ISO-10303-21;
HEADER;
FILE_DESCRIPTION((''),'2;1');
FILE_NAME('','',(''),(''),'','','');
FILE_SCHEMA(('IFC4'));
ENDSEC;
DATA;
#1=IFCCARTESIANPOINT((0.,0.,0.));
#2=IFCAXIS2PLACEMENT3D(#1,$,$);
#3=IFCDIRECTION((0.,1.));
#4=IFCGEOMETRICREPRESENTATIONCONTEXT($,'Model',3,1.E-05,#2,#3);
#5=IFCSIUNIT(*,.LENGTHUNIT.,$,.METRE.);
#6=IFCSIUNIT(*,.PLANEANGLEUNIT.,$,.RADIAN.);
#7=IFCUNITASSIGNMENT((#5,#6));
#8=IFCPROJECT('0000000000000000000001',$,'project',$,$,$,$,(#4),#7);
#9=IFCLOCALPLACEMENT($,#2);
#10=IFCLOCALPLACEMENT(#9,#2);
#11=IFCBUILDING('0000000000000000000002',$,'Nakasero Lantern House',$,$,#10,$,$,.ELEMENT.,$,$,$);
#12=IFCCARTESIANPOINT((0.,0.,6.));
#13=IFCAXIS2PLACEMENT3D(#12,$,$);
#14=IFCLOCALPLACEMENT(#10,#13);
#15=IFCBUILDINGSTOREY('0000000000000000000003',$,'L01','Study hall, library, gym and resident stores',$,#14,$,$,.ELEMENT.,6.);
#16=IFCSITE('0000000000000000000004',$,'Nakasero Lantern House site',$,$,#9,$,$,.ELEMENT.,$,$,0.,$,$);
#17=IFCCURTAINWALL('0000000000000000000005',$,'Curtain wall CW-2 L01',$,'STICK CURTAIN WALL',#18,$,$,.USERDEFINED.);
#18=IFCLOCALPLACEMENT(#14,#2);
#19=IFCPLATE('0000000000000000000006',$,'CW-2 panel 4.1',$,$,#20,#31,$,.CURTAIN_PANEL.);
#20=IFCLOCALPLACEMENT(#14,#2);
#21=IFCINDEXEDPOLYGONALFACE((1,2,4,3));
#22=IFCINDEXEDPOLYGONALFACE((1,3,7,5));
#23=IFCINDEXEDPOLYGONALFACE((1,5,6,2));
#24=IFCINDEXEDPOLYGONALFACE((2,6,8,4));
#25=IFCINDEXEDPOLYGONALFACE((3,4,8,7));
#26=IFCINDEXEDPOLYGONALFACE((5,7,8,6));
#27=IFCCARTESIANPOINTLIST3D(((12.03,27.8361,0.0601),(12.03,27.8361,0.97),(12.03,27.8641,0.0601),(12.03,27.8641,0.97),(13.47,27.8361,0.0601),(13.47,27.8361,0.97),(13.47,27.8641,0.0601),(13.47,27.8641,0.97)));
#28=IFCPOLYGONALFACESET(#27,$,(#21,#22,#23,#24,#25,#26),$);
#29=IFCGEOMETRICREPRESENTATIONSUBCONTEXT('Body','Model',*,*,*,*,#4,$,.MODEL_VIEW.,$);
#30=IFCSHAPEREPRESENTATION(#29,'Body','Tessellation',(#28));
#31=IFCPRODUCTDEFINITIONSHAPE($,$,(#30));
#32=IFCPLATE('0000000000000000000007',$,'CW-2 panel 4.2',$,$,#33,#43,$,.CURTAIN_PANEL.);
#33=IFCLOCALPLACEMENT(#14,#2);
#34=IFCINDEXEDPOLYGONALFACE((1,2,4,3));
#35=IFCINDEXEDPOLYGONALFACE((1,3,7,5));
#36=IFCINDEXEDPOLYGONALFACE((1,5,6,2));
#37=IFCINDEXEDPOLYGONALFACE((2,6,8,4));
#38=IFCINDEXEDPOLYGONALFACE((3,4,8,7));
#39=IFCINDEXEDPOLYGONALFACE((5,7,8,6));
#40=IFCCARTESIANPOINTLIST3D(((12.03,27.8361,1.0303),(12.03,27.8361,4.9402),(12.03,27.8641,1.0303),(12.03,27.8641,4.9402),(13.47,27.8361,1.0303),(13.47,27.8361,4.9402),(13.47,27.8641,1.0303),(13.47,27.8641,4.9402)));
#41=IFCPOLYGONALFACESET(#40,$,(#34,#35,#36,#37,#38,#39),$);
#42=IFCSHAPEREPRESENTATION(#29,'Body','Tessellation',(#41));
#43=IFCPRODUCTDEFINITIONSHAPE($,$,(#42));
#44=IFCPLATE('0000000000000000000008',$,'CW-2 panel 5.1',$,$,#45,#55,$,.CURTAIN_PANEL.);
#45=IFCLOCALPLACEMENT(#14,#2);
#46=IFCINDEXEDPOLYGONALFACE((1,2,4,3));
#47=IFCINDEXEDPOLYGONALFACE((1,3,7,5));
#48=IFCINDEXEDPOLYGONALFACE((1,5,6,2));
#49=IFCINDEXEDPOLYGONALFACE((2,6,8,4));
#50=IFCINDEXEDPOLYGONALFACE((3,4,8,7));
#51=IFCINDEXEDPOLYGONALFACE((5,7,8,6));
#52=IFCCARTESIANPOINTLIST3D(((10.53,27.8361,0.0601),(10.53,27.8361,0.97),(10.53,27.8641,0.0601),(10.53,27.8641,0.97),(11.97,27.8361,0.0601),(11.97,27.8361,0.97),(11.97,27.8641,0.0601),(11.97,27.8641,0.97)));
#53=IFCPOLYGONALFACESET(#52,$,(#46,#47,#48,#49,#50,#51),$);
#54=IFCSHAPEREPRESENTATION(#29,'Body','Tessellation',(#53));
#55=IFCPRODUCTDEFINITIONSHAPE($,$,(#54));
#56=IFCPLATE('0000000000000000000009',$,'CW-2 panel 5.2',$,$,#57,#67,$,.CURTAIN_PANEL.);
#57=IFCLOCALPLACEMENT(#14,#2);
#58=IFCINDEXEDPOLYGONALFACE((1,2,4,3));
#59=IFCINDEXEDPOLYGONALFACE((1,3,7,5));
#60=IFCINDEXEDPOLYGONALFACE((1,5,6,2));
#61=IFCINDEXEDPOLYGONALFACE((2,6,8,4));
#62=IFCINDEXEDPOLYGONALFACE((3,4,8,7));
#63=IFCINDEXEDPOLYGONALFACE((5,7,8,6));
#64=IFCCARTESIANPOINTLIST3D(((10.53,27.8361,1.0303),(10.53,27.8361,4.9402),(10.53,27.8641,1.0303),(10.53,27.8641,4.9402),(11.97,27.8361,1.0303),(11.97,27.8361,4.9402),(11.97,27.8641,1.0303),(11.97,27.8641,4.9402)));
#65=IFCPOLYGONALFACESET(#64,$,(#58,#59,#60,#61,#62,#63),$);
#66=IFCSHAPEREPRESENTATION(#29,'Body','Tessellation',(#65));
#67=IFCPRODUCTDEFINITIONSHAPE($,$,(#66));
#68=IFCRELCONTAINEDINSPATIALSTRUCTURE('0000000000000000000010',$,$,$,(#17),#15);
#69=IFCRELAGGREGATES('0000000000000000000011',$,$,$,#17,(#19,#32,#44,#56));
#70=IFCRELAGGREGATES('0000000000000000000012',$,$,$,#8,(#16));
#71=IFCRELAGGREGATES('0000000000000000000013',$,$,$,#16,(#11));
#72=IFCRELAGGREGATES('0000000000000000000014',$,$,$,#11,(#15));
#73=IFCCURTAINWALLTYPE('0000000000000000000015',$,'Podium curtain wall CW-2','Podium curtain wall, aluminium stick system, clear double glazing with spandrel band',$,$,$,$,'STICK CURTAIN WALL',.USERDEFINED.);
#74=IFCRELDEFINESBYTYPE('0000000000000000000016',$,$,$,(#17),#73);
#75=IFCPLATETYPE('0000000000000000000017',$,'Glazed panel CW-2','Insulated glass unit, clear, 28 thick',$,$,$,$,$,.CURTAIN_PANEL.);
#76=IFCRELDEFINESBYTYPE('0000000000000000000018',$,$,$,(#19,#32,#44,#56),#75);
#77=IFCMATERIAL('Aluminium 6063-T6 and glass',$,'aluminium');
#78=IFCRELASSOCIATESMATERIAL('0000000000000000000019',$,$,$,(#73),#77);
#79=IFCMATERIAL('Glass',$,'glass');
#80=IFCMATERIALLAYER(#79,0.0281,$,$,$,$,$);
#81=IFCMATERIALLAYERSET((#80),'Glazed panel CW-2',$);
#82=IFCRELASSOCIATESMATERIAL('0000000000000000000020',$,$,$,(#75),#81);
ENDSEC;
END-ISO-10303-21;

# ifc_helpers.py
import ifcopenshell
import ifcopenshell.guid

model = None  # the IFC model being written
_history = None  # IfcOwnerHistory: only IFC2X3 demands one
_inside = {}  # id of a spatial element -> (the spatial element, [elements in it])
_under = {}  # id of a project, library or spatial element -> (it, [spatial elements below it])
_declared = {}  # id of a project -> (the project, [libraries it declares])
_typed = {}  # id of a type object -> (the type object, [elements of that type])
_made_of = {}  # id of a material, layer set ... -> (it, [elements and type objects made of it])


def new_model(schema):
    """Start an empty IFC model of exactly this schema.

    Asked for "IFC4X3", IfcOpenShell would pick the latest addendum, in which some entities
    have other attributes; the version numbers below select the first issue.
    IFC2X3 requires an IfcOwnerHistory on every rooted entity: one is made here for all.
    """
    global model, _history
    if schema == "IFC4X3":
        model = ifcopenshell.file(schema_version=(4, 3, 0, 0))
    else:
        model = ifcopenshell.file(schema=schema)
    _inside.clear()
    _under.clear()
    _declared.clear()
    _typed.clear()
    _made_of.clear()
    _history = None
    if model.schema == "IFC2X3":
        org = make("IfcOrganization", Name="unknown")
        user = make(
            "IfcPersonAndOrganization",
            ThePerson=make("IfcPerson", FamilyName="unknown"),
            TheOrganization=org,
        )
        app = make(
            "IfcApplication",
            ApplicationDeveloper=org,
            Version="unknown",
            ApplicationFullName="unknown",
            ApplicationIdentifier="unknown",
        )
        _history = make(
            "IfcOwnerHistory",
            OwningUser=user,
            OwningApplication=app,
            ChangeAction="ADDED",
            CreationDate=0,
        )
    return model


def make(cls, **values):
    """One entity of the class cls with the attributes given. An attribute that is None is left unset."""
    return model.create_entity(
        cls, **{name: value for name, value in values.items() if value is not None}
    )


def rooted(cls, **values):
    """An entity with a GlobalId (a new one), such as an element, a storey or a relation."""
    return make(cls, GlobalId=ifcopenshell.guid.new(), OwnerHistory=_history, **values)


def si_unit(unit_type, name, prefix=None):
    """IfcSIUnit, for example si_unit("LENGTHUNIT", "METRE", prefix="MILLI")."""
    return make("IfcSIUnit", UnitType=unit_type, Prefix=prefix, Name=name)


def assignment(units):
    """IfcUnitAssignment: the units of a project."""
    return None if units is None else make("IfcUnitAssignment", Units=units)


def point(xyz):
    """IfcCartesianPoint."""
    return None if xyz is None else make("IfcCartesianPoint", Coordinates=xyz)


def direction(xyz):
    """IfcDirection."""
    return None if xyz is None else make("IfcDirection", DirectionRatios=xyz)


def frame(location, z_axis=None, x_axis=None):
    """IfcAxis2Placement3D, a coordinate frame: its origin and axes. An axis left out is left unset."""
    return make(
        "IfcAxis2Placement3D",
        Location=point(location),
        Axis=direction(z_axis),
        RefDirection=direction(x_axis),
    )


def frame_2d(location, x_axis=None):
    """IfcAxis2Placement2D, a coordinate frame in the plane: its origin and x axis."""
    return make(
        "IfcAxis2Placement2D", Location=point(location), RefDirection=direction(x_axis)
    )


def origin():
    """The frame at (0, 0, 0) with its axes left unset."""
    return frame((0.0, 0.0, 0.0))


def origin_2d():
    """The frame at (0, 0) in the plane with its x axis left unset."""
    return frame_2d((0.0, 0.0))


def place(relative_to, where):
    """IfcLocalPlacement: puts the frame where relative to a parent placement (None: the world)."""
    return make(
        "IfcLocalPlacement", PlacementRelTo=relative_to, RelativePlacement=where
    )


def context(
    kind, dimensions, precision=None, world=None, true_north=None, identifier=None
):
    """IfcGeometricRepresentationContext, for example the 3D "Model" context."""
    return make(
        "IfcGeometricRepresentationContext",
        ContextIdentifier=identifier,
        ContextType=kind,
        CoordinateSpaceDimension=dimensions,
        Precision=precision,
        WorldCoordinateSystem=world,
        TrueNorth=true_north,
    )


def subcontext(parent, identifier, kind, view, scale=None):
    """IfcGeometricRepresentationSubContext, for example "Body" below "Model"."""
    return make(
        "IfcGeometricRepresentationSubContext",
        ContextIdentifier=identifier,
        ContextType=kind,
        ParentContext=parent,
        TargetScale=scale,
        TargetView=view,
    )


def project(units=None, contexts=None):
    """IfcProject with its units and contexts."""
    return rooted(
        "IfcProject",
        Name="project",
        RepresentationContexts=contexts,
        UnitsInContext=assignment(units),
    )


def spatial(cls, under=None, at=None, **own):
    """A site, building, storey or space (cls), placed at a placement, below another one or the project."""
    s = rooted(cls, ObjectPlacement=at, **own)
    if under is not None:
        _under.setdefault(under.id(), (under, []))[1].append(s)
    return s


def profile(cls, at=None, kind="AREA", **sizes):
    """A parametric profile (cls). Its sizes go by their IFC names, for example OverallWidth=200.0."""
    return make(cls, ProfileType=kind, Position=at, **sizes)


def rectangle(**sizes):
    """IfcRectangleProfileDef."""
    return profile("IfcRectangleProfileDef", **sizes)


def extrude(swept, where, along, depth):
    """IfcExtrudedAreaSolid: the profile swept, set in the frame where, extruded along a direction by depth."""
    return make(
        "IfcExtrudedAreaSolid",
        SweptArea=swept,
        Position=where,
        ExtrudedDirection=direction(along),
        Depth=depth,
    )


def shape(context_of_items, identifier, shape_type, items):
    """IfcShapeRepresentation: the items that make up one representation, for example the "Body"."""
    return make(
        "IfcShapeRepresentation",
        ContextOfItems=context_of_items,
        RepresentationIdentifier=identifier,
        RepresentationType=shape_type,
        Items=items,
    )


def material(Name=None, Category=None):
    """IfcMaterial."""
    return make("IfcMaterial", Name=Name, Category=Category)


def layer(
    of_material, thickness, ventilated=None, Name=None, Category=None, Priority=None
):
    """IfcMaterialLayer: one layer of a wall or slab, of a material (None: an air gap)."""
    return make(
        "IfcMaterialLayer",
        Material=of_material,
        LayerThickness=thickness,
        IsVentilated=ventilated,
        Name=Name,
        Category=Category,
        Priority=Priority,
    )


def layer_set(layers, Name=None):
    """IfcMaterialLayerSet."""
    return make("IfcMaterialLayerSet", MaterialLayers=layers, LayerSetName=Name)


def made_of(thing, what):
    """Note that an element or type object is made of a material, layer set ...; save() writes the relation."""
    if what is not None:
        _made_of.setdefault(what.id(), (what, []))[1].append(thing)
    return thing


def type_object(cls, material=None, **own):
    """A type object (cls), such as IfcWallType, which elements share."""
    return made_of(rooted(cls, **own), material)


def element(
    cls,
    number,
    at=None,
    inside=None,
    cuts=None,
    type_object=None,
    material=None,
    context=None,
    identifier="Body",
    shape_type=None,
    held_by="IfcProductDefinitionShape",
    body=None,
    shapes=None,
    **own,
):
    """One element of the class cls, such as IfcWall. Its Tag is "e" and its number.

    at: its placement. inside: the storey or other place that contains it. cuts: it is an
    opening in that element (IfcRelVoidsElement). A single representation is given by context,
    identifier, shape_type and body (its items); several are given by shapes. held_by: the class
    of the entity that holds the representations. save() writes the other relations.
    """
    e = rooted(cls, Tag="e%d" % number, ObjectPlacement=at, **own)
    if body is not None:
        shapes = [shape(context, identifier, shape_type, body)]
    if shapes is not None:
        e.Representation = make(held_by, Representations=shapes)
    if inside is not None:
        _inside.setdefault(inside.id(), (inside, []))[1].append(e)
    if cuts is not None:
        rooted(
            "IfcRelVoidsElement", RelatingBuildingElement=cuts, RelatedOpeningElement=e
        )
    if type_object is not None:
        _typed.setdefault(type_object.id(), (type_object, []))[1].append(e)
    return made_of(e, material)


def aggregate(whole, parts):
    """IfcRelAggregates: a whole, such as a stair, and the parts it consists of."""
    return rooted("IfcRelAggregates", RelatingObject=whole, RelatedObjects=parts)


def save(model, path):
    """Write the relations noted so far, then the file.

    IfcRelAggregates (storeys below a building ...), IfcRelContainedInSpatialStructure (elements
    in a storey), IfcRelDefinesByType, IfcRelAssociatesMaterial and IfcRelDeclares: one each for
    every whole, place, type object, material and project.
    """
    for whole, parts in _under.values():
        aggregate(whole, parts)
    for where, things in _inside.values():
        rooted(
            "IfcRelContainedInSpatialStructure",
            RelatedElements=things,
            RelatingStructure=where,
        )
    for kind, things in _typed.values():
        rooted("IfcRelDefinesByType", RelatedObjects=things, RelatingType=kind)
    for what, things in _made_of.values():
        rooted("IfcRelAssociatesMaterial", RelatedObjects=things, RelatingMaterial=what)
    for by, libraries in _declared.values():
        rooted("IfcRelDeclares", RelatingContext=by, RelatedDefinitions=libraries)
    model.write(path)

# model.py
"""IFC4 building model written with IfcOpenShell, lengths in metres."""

from ifc_helpers import new_model, si_unit, direction, frame, origin, origin_2d, place, context, subcontext, project, spatial, rectangle, extrude, material, layer, layer_set, type_object, element, aggregate, save


model = new_model("IFC4")

# Units and contexts
model_context = context("Model", 3, precision=1e-05, world=origin(), true_north=direction((0.0, 1.0)))
body_context = subcontext(model_context, "Body", "Model", "MODEL_VIEW")
ifc_project = project(units=[si_unit("LENGTHUNIT", "METRE"), si_unit("PLANEANGLEUNIT", "RADIAN")], contexts=[model_context])

# Site, building, storey
site_placement = place(None, origin())
site = spatial("IfcSite", under=ifc_project, at=site_placement, Name="Nakasero Lantern House site", CompositionType="ELEMENT", RefElevation=0.0)
building_placement = place(site_placement, origin())
building = spatial("IfcBuilding", under=site, at=building_placement, Name="Nakasero Lantern House", CompositionType="ELEMENT")
storey_placement = place(building_placement, frame((0.0, 0.0, 6.0)))
storey = spatial("IfcBuildingStorey", under=building, at=storey_placement, Name="L01", Description="Study hall, library, gym and resident stores", CompositionType="ELEMENT", Elevation=6.0)

# Curtain wall, plates
ifc_material_1 = material(Name="Aluminium 6063-T6 and glass", Category="aluminium")
curtain_wall_type = type_object("IfcCurtainWallType", Name="Podium curtain wall CW-2", Description="Podium curtain wall, aluminium stick system, clear double glazing with spandrel band", ElementType="STICK CURTAIN WALL", PredefinedType="USERDEFINED", material=ifc_material_1)
curtain_wall_placement = place(storey_placement, origin())
curtain_wall = element("IfcCurtainWall", 1, at=curtain_wall_placement, inside=storey, type_object=curtain_wall_type, Name="Curtain wall CW-2 L01", ObjectType="STICK CURTAIN WALL", PredefinedType="USERDEFINED")
ifc_material_2 = material(Name="Glass", Category="glass")
ifc_layer = layer(ifc_material_2, 0.0281)
ifc_layer_set = layer_set([ifc_layer], Name="Glazed panel CW-2")
plate_type = type_object("IfcPlateType", Name="Glazed panel CW-2", Description="Insulated glass unit, clear, 28 thick", PredefinedType="CURTAIN_PANEL", material=ifc_layer_set)
plate_1_placement = place(storey_placement, frame((12.75, 27.8501, 0.0601), z_axis=(0.0, 0.0, 1.0), x_axis=(-1.0, 0.0, 0.0)))
plate_1 = element("IfcPlate", 2, at=plate_1_placement, type_object=plate_type, Name="CW-2 panel 4.1", PredefinedType="CURTAIN_PANEL", context=body_context, shape_type="SweptSolid", body=[
    extrude(rectangle(XDim=1.4399, YDim=0.0281, at=origin_2d()), origin(), (0.0, 0.0, 1.0), 0.9099),
])
plate_2_placement = place(storey_placement, frame((12.75, 27.8501, 1.0303), z_axis=(0.0, 0.0, 1.0), x_axis=(-1.0, 0.0, 0.0)))
plate_2 = element("IfcPlate", 3, at=plate_2_placement, type_object=plate_type, Name="CW-2 panel 4.2", PredefinedType="CURTAIN_PANEL", context=body_context, shape_type="SweptSolid", body=[
    extrude(rectangle(XDim=1.4399, YDim=0.0281, at=origin_2d()), origin(), (0.0, 0.0, 1.0), 3.9099),
])
plate_3_placement = place(storey_placement, frame((11.25, 27.8501, 0.0601), z_axis=(0.0, 0.0, 1.0), x_axis=(-1.0, 0.0, 0.0)))
plate_3 = element("IfcPlate", 4, at=plate_3_placement, type_object=plate_type, Name="CW-2 panel 5.1", PredefinedType="CURTAIN_PANEL", context=body_context, shape_type="SweptSolid", body=[
    extrude(rectangle(XDim=1.4399, YDim=0.0281, at=origin_2d()), origin(), (0.0, 0.0, 1.0), 0.9099),
])
plate_4_placement = place(storey_placement, frame((11.25, 27.8501, 1.0303), z_axis=(0.0, 0.0, 1.0), x_axis=(-1.0, 0.0, 0.0)))
plate_4 = element("IfcPlate", 5, at=plate_4_placement, type_object=plate_type, Name="CW-2 panel 5.2", PredefinedType="CURTAIN_PANEL", context=body_context, shape_type="SweptSolid", body=[
    extrude(rectangle(XDim=1.4399, YDim=0.0281, at=origin_2d()), origin(), (0.0, 0.0, 1.0), 3.9099),
])
aggregate(curtain_wall, [plate_1, plate_2, plate_3, plate_4])

save(model, "model.ifc")
